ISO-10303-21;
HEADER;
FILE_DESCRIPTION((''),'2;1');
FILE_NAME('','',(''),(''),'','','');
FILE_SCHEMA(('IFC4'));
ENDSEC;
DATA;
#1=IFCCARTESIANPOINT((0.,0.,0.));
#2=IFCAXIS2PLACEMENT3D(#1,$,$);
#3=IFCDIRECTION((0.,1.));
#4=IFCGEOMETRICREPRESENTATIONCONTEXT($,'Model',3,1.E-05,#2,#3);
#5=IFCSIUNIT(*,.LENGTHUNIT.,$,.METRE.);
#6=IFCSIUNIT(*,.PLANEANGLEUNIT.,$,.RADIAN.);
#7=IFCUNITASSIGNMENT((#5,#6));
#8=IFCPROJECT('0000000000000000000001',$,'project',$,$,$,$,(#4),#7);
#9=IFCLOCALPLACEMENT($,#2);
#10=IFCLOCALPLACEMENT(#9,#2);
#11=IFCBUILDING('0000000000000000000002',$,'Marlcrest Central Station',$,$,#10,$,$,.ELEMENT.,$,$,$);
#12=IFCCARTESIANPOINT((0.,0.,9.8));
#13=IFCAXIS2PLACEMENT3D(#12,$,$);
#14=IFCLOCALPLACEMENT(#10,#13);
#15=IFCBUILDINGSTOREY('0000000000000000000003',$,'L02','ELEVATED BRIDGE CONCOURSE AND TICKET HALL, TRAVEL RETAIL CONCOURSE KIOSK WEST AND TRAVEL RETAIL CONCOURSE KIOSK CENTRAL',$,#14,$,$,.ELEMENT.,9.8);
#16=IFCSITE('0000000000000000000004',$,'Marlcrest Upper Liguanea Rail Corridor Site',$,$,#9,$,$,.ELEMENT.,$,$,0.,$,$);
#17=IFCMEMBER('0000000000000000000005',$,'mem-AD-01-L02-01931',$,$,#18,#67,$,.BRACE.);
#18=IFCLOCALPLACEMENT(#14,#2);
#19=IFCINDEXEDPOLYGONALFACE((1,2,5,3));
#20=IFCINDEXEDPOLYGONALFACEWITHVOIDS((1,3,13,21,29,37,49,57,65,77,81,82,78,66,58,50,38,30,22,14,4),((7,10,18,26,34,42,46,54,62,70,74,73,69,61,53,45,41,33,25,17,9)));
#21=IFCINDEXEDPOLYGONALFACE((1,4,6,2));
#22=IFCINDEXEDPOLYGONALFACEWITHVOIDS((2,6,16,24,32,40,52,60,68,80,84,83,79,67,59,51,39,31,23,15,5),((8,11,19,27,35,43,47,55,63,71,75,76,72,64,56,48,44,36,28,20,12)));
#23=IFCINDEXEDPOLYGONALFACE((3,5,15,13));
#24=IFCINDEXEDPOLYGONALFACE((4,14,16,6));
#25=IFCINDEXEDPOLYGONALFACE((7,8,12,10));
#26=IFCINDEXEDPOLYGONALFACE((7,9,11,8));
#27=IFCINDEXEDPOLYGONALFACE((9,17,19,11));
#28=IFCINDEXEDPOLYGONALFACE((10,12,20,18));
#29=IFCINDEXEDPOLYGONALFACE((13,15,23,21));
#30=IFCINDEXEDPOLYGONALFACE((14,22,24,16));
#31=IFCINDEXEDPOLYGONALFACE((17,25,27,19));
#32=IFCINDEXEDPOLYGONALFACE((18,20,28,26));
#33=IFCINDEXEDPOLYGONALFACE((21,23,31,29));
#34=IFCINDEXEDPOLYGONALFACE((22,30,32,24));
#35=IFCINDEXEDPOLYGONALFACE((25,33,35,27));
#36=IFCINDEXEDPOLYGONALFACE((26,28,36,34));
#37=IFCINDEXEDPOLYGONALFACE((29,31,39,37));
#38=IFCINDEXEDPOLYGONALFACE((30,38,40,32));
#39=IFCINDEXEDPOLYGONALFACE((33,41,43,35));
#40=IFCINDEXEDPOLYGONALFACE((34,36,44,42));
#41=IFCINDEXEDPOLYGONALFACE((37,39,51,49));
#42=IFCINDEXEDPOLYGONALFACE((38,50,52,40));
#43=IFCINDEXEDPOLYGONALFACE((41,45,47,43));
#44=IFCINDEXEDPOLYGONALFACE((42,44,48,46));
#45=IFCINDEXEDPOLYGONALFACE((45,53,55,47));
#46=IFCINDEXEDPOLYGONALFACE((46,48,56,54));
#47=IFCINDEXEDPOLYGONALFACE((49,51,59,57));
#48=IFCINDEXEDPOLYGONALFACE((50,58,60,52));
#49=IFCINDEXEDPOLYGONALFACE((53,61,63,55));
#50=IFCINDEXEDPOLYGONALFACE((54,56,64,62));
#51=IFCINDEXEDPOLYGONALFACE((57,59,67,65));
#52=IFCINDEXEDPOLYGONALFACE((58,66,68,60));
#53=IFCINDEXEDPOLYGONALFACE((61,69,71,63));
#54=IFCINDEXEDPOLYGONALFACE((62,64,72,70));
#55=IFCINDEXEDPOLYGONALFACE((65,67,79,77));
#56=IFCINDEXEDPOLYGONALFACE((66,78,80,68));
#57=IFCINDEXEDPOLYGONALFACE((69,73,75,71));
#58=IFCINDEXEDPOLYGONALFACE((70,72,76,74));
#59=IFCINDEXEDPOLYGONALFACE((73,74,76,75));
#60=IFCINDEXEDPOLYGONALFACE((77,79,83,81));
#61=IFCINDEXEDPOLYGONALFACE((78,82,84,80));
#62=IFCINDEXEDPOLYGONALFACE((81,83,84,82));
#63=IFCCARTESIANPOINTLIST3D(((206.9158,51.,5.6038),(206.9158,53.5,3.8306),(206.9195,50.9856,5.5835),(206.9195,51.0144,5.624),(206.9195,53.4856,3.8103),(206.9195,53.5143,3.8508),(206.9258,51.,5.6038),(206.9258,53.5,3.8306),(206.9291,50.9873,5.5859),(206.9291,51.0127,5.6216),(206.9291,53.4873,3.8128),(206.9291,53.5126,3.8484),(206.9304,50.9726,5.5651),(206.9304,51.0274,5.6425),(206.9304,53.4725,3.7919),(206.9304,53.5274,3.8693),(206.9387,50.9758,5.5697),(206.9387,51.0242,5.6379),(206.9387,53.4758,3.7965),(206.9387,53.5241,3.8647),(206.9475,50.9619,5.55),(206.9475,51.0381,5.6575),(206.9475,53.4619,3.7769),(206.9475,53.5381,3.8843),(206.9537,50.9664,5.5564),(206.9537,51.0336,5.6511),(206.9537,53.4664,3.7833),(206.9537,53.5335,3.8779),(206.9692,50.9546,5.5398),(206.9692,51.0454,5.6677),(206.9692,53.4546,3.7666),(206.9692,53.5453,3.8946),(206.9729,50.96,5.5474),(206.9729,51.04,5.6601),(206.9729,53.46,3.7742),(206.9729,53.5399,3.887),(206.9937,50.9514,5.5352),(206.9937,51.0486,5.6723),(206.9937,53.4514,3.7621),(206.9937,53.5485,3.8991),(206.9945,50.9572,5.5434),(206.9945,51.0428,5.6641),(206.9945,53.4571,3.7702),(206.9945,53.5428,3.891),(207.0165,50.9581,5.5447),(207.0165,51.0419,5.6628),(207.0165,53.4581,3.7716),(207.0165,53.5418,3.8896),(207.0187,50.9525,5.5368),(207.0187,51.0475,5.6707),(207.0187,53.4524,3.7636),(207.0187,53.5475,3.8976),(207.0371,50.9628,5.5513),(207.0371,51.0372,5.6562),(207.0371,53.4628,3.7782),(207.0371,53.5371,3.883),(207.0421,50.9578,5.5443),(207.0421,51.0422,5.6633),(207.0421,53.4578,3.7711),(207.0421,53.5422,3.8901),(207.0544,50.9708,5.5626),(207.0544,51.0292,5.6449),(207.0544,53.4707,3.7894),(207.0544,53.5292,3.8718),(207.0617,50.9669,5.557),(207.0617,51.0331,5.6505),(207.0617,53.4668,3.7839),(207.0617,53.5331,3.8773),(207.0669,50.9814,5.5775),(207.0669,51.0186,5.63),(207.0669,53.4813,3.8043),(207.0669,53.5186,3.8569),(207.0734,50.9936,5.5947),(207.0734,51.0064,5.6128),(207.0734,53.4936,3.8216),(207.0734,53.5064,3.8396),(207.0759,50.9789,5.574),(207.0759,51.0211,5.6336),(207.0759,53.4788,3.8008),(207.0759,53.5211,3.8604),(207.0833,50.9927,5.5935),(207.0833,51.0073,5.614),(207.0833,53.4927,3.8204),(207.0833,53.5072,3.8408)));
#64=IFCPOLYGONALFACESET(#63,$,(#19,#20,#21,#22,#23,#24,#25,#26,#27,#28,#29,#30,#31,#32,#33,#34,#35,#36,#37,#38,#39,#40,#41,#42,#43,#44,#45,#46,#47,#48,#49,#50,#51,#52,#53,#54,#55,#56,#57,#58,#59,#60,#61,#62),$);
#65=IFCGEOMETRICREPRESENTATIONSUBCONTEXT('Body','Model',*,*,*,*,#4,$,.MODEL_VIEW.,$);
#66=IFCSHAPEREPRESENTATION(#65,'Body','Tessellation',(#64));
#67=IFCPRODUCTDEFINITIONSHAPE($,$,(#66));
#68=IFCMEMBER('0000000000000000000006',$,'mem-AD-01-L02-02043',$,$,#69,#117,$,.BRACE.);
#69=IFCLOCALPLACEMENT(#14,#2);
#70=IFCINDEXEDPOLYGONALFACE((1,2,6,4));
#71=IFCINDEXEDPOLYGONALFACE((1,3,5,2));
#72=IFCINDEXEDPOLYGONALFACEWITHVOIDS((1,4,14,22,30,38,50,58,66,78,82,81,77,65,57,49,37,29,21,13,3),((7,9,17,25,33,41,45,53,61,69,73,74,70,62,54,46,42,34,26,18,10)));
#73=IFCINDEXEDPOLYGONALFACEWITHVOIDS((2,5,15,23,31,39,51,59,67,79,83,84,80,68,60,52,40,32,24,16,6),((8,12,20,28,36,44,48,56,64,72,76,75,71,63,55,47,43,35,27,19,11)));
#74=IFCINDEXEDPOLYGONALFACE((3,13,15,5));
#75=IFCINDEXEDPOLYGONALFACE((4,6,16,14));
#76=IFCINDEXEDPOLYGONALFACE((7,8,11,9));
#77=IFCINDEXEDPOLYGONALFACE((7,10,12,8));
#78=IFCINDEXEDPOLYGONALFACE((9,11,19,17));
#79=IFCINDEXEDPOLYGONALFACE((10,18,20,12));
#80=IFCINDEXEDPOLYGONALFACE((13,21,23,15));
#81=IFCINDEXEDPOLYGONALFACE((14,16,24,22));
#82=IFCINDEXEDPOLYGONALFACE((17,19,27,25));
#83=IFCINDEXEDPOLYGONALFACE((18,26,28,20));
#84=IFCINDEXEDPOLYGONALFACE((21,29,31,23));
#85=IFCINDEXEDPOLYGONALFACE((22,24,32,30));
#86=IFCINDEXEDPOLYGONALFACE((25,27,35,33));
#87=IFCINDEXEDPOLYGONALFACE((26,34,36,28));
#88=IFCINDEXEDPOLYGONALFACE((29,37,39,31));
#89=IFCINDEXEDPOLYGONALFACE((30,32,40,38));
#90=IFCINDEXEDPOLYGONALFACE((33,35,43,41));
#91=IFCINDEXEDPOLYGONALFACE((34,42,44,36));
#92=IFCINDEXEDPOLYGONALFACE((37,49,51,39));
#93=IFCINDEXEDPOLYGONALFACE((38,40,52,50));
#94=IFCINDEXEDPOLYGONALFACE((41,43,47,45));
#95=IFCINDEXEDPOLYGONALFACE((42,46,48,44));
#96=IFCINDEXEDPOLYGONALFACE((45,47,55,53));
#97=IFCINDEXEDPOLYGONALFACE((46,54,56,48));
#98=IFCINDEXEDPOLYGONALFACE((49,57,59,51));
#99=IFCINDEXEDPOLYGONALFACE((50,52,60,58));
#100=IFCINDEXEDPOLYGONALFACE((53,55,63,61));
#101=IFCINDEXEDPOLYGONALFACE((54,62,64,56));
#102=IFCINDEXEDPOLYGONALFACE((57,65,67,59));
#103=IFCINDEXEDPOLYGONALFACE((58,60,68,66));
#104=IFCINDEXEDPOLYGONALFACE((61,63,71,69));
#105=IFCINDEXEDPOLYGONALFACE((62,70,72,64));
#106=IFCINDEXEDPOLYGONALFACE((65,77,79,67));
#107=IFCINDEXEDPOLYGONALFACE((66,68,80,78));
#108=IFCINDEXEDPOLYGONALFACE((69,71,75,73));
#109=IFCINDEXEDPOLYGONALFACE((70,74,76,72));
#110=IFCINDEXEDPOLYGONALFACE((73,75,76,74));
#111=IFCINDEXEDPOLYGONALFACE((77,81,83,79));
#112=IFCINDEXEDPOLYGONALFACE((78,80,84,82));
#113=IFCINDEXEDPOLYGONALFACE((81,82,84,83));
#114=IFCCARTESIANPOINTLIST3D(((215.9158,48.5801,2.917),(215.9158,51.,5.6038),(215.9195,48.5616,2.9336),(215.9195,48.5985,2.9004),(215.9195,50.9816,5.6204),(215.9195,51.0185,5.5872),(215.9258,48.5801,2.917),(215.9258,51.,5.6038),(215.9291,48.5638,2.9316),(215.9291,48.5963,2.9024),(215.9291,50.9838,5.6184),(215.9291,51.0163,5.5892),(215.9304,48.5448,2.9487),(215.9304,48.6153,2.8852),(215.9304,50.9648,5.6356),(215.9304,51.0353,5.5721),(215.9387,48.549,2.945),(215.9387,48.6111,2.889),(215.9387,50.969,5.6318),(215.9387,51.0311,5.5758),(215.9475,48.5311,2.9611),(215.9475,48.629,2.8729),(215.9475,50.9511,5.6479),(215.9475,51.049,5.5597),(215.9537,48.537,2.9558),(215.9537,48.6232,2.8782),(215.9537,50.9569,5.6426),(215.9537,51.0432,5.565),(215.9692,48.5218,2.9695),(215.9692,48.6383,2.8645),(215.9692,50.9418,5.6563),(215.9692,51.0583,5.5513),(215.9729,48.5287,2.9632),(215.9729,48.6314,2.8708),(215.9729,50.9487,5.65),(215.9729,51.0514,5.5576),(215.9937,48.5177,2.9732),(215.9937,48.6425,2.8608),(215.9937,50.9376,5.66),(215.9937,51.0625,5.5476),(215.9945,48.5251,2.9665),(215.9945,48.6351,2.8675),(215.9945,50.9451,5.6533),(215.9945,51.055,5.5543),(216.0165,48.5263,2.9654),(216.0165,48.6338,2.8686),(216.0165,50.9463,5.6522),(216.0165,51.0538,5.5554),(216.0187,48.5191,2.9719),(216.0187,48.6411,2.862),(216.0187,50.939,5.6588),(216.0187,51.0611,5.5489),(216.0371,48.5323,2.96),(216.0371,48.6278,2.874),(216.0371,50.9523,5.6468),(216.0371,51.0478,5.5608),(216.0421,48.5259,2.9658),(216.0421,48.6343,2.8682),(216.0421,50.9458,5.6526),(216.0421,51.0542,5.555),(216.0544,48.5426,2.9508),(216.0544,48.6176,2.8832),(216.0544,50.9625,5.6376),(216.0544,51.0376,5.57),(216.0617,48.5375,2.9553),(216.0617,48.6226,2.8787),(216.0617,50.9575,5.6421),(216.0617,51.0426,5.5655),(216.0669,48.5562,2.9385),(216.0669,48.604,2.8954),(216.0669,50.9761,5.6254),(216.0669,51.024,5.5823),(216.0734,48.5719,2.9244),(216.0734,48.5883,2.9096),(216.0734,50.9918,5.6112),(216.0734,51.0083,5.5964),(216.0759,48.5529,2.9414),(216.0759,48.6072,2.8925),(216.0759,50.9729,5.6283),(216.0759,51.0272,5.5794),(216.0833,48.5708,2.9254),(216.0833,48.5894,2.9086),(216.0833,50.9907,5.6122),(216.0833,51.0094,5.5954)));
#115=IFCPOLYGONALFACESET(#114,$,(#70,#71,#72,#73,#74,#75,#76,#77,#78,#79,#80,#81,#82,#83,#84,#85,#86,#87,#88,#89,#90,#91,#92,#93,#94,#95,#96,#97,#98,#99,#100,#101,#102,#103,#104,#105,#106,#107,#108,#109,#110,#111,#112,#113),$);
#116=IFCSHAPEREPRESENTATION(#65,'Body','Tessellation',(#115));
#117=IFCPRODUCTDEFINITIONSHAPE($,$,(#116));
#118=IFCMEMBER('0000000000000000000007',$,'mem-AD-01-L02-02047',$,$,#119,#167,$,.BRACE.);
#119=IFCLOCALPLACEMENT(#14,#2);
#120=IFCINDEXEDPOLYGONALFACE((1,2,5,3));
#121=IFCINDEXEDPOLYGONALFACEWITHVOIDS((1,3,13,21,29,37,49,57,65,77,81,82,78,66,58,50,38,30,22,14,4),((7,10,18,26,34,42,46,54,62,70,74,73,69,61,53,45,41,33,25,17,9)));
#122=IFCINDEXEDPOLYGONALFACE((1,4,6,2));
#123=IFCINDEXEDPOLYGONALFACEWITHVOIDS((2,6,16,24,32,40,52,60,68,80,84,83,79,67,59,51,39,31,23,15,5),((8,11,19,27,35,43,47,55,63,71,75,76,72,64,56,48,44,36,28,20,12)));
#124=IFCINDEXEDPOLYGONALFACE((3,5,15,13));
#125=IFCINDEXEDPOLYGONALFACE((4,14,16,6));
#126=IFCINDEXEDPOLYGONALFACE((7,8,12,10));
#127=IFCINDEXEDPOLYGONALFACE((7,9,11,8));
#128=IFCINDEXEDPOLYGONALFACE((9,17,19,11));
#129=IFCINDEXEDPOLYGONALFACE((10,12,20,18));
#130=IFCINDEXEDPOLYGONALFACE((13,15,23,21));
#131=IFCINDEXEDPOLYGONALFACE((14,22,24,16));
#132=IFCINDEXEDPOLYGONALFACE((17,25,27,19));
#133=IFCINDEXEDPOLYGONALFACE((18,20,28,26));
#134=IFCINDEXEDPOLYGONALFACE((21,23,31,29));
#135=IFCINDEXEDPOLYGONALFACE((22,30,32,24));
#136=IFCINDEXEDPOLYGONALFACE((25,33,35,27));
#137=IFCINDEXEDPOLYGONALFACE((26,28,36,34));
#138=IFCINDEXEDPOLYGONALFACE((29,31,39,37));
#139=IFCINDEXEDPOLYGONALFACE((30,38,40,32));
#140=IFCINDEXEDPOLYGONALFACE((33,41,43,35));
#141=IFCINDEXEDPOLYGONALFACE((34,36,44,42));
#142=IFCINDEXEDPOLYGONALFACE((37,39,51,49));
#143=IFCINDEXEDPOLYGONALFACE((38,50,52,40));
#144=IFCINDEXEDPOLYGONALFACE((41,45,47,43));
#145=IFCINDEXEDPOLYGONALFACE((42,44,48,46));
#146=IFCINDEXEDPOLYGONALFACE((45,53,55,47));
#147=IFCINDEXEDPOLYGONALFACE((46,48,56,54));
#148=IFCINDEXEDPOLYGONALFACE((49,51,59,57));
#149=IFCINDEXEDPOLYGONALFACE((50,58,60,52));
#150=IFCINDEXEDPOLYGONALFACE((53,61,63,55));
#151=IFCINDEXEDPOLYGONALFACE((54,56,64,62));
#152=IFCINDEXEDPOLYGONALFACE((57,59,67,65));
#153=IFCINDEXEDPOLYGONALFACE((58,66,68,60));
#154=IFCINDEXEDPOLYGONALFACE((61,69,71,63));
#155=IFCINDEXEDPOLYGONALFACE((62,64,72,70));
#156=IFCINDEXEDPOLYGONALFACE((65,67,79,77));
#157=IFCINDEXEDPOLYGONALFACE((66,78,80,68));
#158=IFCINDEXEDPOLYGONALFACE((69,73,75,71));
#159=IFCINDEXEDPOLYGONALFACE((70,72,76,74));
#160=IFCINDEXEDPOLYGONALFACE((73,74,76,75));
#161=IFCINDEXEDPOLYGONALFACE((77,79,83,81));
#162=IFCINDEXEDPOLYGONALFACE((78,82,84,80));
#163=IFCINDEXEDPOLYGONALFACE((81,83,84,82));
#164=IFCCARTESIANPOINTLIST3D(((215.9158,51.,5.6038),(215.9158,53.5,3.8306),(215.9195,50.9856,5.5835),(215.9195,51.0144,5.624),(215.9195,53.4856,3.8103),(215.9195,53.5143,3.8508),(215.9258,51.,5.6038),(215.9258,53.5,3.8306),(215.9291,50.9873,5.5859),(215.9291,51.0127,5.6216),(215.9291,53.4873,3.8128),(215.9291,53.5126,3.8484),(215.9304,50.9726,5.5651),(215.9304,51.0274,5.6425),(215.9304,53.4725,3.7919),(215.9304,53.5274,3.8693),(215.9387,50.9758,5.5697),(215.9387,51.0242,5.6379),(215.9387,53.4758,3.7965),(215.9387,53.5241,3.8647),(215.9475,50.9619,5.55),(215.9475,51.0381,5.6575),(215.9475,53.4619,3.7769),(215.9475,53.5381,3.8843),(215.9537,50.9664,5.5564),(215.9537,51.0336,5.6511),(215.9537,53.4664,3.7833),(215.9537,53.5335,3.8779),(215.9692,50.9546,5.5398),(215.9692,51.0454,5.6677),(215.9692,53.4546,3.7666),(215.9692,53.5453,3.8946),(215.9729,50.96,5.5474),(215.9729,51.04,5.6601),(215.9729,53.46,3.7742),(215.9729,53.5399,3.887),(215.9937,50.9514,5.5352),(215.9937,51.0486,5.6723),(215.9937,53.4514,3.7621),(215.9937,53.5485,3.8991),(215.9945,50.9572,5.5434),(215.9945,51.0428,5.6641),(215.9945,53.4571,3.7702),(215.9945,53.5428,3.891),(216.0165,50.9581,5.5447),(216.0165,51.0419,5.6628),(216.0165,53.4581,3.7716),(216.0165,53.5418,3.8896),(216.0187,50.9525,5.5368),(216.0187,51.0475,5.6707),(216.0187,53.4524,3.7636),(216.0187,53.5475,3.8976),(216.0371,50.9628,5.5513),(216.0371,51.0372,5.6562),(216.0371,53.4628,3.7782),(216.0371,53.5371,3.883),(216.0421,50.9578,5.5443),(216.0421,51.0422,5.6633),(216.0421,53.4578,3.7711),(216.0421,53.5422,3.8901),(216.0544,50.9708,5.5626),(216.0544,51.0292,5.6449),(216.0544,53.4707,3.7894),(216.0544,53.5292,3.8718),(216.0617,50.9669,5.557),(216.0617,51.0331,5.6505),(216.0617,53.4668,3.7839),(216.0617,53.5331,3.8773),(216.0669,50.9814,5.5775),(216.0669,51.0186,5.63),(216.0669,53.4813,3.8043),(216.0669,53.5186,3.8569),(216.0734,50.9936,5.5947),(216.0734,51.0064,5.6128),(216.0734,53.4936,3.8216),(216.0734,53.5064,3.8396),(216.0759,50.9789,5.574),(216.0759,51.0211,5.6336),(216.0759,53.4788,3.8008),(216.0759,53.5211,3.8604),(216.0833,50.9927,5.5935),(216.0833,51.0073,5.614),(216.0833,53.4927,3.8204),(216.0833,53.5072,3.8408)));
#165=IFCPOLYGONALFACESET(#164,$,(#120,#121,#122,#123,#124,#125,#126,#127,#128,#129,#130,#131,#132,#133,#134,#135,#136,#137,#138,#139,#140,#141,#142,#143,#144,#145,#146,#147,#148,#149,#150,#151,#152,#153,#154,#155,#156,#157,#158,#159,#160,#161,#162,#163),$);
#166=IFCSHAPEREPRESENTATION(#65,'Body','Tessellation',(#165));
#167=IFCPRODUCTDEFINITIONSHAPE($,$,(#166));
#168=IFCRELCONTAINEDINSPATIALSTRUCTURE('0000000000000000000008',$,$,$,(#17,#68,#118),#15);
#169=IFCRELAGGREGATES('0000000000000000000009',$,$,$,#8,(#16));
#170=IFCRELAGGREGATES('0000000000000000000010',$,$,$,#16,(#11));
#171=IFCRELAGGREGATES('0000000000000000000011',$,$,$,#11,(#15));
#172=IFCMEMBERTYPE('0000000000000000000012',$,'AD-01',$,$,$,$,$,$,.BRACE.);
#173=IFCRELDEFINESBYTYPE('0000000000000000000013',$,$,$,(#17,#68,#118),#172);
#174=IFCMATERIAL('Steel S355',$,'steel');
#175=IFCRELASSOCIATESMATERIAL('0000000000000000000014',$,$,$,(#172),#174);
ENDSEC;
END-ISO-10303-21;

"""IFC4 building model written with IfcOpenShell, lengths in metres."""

from ifc_helpers import new_model, si_unit, direction, frame, origin, origin_2d, place, context, subcontext, project, spatial, hollow_circle, extrude, material, material_profile, profile_set, type_object, element, save


model = new_model("IFC4")

# Units and contexts
model_context = context("Model", 3, precision=1e-05, world=origin(), true_north=direction((0.0, 1.0)))
body_context = subcontext(model_context, "Body", "Model", "MODEL_VIEW")
ifc_project = project(units=[si_unit("LENGTHUNIT", "METRE"), si_unit("PLANEANGLEUNIT", "RADIAN")], contexts=[model_context])

# Site, building, storey
site_placement = place(None, origin())
site = spatial("IfcSite", under=ifc_project, at=site_placement, Name="Marlcrest Upper Liguanea Rail Corridor Site", CompositionType="ELEMENT", RefElevation=0.0)
building_placement = place(site_placement, origin())
building = spatial("IfcBuilding", under=site, at=building_placement, Name="Marlcrest Central Station", CompositionType="ELEMENT")
storey_placement = place(building_placement, frame((0.0, 0.0, 9.8)))
storey = spatial("IfcBuildingStorey", under=building, at=storey_placement, Name="L02", Description="ELEVATED BRIDGE CONCOURSE AND TICKET HALL, TRAVEL RETAIL CONCOURSE KIOSK WEST AND TRAVEL RETAIL CONCOURSE KIOSK CENTRAL", CompositionType="ELEMENT", Elevation=9.8)

# Members
ifc_material = material(Name="Steel S355", Category="steel")
ifc_material_profile_1 = material_profile(ifc_material, hollow_circle(Radius=0.0842, WallThickness=0.01, at=origin_2d()), Name="CHS 168.3x10")
ifc_profile_set_1 = profile_set([ifc_material_profile_1], Name="Steel S355")
member_type_1 = type_object("IfcMemberType", Name="AD-01", PredefinedType="BRACE", material=ifc_profile_set_1)
member_1_placement = place(storey_placement, frame((207.0, 51.0, 5.6038), z_axis=(0.0, 0.815661, -0.57853), x_axis=(-1.0, 0.0, 0.0)))
element("IfcMember", 1, at=member_1_placement, inside=storey, type_object=member_type_1, Name="mem-AD-01-L02-01931", PredefinedType="BRACE", context=body_context, shape_type="SweptSolid", body=[
    extrude(hollow_circle(Radius=0.0842, WallThickness=0.01, at=origin_2d()), origin(), (0.0, 0.0, 1.0), 3.0649),
])
member_2_placement = place(storey_placement, frame((216.0, 48.5801, 2.917), z_axis=(0.0, 0.669244, 0.743042), x_axis=(-1.0, 0.0, 0.0)))
element("IfcMember", 2, at=member_2_placement, inside=storey, type_object=member_type_1, Name="mem-AD-01-L02-02043", PredefinedType="BRACE", context=body_context, shape_type="SweptSolid", body=[
    extrude(hollow_circle(Radius=0.0842, WallThickness=0.01, at=origin_2d()), origin(), (0.0, 0.0, 1.0), 3.616),
])
member_3_placement = place(storey_placement, frame((216.0, 51.0, 5.6038), z_axis=(0.0, 0.815661, -0.57853), x_axis=(-1.0, 0.0, 0.0)))
element("IfcMember", 3, at=member_3_placement, inside=storey, type_object=member_type_1, Name="mem-AD-01-L02-02047", PredefinedType="BRACE", context=body_context, shape_type="SweptSolid", body=[
    extrude(hollow_circle(Radius=0.0842, WallThickness=0.01, at=origin_2d()), origin(), (0.0, 0.0, 1.0), 3.0649),
])

save(model, "model.ifc")
